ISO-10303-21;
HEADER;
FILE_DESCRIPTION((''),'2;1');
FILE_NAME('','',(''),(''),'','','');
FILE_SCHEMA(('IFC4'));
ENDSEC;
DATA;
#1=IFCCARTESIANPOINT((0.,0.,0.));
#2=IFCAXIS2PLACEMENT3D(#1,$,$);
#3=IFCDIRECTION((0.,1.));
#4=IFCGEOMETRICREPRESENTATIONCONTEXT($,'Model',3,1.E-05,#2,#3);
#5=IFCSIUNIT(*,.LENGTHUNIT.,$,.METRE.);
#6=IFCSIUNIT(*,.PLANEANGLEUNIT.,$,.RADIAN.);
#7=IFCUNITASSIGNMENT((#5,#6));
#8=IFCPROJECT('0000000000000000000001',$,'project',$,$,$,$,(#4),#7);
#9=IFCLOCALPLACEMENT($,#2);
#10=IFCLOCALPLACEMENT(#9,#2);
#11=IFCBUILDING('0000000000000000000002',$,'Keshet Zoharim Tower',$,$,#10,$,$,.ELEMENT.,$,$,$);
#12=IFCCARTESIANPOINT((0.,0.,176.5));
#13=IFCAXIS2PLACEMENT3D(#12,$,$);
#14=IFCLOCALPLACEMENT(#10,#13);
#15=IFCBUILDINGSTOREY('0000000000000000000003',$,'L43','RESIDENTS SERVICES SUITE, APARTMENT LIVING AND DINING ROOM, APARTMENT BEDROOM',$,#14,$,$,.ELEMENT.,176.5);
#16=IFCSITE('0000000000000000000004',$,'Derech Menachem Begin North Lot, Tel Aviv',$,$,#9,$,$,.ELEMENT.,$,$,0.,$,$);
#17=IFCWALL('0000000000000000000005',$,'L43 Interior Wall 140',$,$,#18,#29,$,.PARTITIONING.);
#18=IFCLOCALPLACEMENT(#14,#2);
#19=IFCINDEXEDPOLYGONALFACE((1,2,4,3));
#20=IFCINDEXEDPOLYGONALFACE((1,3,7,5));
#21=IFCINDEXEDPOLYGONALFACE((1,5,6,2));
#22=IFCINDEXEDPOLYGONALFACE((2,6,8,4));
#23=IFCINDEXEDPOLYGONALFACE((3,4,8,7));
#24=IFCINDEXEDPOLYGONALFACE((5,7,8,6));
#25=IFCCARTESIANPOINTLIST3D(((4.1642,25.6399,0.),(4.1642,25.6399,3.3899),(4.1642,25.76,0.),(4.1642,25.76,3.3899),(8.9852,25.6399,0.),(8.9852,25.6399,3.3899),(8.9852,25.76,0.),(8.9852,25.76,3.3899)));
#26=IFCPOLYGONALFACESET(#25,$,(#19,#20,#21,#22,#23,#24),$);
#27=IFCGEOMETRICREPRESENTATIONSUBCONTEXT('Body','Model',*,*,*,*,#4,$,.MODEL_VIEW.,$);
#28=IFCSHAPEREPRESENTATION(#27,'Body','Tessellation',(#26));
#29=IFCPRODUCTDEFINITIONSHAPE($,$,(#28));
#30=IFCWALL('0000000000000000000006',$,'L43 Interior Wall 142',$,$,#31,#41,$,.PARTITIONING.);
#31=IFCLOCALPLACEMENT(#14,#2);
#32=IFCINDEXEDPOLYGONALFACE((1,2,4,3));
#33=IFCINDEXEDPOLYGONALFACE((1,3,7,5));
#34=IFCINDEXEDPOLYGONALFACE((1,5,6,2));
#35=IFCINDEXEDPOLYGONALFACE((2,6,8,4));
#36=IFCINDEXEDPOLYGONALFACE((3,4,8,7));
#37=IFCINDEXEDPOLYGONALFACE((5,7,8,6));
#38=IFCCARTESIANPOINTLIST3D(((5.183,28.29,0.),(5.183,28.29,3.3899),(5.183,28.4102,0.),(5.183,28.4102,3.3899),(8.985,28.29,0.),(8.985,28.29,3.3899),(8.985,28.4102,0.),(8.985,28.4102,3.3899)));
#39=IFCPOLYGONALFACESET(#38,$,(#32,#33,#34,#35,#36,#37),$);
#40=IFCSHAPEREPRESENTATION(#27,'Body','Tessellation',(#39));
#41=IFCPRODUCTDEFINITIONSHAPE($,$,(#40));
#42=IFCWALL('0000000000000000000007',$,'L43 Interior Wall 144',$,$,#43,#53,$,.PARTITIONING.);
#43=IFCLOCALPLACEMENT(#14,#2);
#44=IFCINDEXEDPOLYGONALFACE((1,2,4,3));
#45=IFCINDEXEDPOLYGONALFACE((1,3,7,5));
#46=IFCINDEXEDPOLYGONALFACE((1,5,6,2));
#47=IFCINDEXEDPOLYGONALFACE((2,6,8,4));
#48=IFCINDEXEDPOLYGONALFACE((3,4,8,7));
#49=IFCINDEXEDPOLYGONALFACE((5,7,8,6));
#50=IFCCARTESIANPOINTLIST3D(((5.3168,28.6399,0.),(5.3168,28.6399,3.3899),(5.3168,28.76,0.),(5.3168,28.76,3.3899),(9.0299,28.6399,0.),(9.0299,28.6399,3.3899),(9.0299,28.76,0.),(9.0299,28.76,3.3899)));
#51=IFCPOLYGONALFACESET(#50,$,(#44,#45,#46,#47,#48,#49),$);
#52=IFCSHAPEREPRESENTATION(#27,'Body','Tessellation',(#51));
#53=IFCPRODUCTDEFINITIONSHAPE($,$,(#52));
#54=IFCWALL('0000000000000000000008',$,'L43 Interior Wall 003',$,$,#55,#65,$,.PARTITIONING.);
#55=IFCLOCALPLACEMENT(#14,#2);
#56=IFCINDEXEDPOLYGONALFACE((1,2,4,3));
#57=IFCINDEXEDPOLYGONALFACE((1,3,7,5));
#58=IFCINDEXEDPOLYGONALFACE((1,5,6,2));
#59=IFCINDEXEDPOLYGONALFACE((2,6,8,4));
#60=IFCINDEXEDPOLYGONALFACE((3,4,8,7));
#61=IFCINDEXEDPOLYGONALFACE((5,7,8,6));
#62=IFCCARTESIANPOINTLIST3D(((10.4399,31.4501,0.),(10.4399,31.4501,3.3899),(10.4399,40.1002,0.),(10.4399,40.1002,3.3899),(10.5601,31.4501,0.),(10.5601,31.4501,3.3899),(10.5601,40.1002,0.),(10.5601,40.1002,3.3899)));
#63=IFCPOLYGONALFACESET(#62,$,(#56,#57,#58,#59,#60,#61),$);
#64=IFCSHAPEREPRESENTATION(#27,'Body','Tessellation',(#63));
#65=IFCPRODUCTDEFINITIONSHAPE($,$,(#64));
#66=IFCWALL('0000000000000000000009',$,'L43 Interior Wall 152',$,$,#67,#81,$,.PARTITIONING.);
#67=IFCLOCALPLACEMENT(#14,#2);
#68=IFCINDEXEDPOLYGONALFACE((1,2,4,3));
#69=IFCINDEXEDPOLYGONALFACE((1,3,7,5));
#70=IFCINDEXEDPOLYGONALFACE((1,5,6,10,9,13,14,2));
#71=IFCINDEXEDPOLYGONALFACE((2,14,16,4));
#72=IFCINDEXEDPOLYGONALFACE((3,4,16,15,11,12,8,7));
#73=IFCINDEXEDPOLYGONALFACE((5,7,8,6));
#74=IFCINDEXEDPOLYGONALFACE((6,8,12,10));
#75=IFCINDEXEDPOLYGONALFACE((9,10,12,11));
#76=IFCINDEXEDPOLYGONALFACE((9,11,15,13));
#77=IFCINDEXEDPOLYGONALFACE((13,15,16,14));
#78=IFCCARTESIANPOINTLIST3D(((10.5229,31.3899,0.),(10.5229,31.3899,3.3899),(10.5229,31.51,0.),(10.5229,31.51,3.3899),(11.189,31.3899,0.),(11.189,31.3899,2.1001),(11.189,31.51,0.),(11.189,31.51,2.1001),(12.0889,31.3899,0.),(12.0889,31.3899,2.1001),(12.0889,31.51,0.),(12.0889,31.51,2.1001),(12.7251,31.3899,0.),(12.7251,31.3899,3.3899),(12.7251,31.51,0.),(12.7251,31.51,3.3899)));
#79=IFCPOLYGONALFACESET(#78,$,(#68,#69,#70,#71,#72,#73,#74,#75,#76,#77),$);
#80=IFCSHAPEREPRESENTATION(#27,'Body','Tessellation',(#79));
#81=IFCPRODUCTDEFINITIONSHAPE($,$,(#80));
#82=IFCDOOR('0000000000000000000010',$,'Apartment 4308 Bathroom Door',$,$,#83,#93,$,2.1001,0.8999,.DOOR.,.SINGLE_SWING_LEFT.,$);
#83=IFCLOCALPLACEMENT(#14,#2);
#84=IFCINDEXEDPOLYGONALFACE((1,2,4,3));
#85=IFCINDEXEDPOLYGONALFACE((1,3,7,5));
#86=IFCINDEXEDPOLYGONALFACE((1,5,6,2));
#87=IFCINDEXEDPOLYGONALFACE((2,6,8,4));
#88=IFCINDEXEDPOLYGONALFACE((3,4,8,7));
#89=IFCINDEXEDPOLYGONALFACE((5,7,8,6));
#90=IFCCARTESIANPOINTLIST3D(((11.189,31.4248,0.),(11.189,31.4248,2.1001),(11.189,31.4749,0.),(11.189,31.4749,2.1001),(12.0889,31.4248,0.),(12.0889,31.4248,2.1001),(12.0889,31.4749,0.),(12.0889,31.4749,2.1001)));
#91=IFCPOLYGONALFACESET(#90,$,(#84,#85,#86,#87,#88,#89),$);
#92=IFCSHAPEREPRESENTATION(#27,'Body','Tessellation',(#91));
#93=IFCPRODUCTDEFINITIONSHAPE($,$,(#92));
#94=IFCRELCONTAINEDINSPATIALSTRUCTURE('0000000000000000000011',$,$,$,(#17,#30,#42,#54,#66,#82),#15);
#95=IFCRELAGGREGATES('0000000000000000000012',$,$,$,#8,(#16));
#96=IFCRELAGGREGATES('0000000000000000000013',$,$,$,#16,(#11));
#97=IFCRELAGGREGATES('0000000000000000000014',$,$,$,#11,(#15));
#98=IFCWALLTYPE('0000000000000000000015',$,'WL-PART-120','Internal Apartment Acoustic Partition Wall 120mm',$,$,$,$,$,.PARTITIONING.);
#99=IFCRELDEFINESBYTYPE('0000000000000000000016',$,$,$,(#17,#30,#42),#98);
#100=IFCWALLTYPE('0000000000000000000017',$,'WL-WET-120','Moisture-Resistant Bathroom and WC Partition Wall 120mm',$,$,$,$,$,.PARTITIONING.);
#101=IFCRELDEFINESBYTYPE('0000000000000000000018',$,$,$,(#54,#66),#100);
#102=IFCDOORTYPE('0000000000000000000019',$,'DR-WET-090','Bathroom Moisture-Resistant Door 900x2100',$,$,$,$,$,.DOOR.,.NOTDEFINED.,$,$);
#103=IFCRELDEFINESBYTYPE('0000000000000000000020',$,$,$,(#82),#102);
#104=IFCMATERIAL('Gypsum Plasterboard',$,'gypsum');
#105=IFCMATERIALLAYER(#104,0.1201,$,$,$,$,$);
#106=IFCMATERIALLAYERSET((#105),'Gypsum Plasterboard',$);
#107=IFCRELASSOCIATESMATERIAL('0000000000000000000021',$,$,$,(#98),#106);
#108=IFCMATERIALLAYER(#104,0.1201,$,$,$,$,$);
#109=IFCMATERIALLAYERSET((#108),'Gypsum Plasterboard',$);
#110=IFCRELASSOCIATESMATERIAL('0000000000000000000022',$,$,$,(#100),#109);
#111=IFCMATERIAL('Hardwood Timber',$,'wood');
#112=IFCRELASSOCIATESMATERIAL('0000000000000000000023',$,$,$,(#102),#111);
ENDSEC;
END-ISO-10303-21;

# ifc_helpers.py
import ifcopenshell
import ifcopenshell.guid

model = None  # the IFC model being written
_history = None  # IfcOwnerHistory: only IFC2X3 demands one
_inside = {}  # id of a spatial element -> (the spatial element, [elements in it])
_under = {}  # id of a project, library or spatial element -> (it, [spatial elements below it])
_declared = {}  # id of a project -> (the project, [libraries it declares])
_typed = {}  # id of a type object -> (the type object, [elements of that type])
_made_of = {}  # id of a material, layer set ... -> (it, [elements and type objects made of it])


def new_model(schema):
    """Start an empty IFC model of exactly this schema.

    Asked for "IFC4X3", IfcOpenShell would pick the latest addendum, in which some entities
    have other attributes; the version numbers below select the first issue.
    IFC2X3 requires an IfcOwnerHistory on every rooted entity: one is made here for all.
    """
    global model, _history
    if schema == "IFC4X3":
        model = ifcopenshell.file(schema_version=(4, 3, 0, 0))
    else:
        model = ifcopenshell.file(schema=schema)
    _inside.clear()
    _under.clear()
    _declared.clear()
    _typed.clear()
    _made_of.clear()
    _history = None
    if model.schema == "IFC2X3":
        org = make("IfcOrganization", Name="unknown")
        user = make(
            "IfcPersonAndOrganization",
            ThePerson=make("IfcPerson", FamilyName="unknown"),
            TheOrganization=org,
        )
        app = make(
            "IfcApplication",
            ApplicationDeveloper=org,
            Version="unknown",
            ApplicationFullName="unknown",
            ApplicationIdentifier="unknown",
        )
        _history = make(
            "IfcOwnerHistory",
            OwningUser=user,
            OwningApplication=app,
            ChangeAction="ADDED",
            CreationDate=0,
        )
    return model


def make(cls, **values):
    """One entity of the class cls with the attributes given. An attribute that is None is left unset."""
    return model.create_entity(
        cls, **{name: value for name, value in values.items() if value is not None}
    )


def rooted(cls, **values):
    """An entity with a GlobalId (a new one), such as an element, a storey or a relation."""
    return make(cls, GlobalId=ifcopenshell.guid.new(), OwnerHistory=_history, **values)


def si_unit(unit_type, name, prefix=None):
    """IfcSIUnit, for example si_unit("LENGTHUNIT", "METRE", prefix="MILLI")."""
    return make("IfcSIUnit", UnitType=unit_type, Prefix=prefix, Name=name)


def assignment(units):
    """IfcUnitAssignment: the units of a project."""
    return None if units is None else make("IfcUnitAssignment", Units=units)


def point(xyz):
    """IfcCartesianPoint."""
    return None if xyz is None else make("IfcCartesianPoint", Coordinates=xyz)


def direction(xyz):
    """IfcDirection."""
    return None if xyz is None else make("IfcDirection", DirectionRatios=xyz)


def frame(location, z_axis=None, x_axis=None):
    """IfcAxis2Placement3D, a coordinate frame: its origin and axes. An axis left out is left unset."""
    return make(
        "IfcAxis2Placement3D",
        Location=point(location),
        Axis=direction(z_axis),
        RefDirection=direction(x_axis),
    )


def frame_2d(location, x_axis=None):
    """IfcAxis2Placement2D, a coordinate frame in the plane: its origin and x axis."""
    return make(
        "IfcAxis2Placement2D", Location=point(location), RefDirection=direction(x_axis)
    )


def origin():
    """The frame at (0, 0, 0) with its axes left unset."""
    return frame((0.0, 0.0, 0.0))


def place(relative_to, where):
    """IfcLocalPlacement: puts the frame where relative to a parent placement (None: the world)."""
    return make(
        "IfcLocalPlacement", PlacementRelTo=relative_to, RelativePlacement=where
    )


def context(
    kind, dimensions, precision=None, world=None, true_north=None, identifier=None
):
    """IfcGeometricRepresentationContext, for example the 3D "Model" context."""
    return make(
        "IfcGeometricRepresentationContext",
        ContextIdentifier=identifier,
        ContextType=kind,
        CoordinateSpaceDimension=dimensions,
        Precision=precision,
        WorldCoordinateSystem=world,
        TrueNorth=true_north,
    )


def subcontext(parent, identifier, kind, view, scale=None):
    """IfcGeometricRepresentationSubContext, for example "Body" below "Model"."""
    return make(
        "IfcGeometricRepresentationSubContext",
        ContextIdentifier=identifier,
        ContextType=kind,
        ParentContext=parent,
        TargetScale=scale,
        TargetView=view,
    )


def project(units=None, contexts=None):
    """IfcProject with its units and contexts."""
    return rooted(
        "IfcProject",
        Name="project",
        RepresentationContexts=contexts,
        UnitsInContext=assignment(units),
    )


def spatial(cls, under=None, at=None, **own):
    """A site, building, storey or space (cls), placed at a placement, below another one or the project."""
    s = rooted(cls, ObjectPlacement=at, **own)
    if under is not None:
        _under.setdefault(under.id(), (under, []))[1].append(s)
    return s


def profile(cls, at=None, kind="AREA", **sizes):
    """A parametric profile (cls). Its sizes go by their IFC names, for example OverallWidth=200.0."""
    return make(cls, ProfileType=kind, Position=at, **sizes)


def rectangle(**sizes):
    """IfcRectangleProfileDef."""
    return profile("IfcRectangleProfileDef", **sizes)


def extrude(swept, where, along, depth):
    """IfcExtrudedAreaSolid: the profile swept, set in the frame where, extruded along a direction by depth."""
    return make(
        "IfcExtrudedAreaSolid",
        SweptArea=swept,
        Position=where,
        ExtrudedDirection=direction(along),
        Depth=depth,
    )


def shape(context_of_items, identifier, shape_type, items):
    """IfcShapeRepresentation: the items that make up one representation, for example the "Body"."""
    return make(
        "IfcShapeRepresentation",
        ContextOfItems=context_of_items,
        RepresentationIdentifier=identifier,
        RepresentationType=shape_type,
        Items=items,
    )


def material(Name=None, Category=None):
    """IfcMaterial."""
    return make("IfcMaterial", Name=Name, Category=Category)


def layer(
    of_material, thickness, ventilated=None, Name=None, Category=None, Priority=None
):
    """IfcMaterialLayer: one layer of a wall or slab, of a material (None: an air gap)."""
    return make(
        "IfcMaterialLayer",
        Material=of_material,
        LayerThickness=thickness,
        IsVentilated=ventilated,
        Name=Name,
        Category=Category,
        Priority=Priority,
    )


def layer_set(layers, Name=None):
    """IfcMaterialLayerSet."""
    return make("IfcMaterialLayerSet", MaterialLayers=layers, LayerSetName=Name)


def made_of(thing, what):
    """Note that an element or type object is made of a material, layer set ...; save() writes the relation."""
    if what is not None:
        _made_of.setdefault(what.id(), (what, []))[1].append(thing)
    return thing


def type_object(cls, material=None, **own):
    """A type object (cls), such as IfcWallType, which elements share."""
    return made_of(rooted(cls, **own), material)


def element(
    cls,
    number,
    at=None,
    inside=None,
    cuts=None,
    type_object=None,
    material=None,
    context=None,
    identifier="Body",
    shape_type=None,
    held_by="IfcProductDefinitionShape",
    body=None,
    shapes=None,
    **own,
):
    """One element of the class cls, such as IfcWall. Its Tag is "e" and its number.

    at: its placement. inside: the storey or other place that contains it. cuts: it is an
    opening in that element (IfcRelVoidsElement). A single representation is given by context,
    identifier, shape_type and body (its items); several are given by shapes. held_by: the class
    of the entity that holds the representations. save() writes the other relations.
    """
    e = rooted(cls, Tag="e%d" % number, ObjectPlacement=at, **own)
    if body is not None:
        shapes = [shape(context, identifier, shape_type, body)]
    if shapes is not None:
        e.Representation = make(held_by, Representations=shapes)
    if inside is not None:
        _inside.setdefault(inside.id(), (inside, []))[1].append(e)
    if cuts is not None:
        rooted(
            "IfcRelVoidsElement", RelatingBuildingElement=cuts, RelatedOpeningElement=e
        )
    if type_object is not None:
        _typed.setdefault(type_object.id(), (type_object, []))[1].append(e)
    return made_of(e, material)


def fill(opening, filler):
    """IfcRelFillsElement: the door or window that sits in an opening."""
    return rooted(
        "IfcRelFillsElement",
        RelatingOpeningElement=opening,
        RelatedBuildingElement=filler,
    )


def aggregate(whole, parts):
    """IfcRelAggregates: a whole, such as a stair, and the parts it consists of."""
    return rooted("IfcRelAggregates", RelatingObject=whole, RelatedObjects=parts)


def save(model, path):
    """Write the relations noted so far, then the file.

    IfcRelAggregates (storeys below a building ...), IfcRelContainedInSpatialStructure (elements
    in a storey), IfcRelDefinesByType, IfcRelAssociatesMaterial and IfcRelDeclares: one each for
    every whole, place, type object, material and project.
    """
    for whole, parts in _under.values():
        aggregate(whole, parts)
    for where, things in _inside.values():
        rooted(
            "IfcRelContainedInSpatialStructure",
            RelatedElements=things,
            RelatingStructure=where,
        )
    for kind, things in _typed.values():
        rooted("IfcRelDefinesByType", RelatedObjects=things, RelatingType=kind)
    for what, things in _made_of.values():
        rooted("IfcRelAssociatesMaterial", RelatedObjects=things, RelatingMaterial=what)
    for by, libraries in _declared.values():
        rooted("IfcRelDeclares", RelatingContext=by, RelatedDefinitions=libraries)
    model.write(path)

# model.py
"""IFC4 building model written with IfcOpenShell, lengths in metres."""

from ifc_helpers import new_model, si_unit, direction, frame, frame_2d, origin, place, context, subcontext, project, spatial, rectangle, extrude, material, layer, layer_set, type_object, element, fill, save


model = new_model("IFC4")

# Units and contexts
model_context = context("Model", 3, precision=1e-05, world=origin(), true_north=direction((0.0, 1.0)))
body_context = subcontext(model_context, "Body", "Model", "MODEL_VIEW")
ifc_project = project(units=[si_unit("LENGTHUNIT", "METRE"), si_unit("PLANEANGLEUNIT", "RADIAN")], contexts=[model_context])

# Site, building, storey
site_placement = place(None, origin())
site = spatial("IfcSite", under=ifc_project, at=site_placement, Name="Derech Menachem Begin North Lot, Tel Aviv", CompositionType="ELEMENT", RefElevation=0.0)
building_placement = place(site_placement, origin())
building = spatial("IfcBuilding", under=site, at=building_placement, Name="Keshet Zoharim Tower", CompositionType="ELEMENT")
storey_placement = place(building_placement, frame((0.0, 0.0, 176.5)))
storey = spatial("IfcBuildingStorey", under=building, at=storey_placement, Name="L43", Description="RESIDENTS SERVICES SUITE, APARTMENT LIVING AND DINING ROOM, APARTMENT BEDROOM", CompositionType="ELEMENT", Elevation=176.5)

# Shared definitions
ifc_material_1 = material(Name="Hardwood Timber", Category="wood")

# Shared definitions
ifc_material_2 = material(Name="Gypsum Plasterboard", Category="gypsum")

# Shared definitions
ifc_layer_1 = layer(ifc_material_2, 0.1201)
ifc_layer_set_1 = layer_set([ifc_layer_1], Name="Gypsum Plasterboard")
wall_type_1 = type_object("IfcWallType", Name="WL-PART-120", Description="Internal Apartment Acoustic Partition Wall 120mm", PredefinedType="PARTITIONING", material=ifc_layer_set_1)

# Walls
wall_1_placement = place(storey_placement, frame((4.1641, 25.7, 0.0), z_axis=(0.0, 0.0, 1.0), x_axis=(1.0, 0.0, 0.0)))
element("IfcWall", 1, at=wall_1_placement, inside=storey, type_object=wall_type_1, Name="L43 Interior Wall 140", PredefinedType="PARTITIONING", context=body_context, shape_type="SweptSolid", body=[
    extrude(rectangle(XDim=4.821, YDim=0.1201, at=frame_2d((2.4106, 0.0))), origin(), (0.0, 0.0, 1.0), 3.3899),
])
wall_2_placement = place(storey_placement, frame((5.1831, 28.3501, 0.0), z_axis=(0.0, 0.0, 1.0), x_axis=(1.0, 0.0, 0.0)))
element("IfcWall", 2, at=wall_2_placement, inside=storey, type_object=wall_type_1, Name="L43 Interior Wall 142", PredefinedType="PARTITIONING", context=body_context, shape_type="SweptSolid", body=[
    extrude(rectangle(XDim=3.802, YDim=0.1201, at=frame_2d((1.9009, 0.0))), origin(), (0.0, 0.0, 1.0), 3.3899),
])
wall_3_placement = place(storey_placement, frame((5.3169, 28.7, 0.0), z_axis=(0.0, 0.0, 1.0), x_axis=(1.0, 0.0, 0.0)))
element("IfcWall", 3, at=wall_3_placement, inside=storey, type_object=wall_type_1, Name="L43 Interior Wall 144", PredefinedType="PARTITIONING", context=body_context, shape_type="SweptSolid", body=[
    extrude(rectangle(XDim=3.7131, YDim=0.1201, at=frame_2d((1.8564, 0.0))), origin(), (0.0, 0.0, 1.0), 3.3899),
])

# Wall
ifc_layer_2 = layer(ifc_material_2, 0.1201)
ifc_layer_set_2 = layer_set([ifc_layer_2], Name="Gypsum Plasterboard")
wall_type_2 = type_object("IfcWallType", Name="WL-WET-120", Description="Moisture-Resistant Bathroom and WC Partition Wall 120mm", PredefinedType="PARTITIONING", material=ifc_layer_set_2)
wall_4_placement = place(storey_placement, frame((10.5, 31.45, 0.0), z_axis=(0.0, 0.0, 1.0), x_axis=(0.0, 1.0, 0.0)))
element("IfcWall", 4, at=wall_4_placement, inside=storey, type_object=wall_type_2, Name="L43 Interior Wall 003", PredefinedType="PARTITIONING", context=body_context, shape_type="SweptSolid", body=[
    extrude(rectangle(XDim=8.6501, YDim=0.1201, at=frame_2d((4.3252, 0.0))), origin(), (0.0, 0.0, 1.0), 3.3899),
])

# Wall, opening, door
wall_5_placement = place(storey_placement, frame((10.5229, 31.45, 0.0), z_axis=(0.0, 0.0, 1.0), x_axis=(1.0, 0.0, 0.0)))
wall_5 = element("IfcWall", 5, at=wall_5_placement, inside=storey, type_object=wall_type_2, Name="L43 Interior Wall 152", PredefinedType="PARTITIONING", context=body_context, shape_type="SweptSolid", body=[
    extrude(rectangle(XDim=2.2021, YDim=0.1201, at=frame_2d((1.1011, 0.0))), origin(), (0.0, 0.0, 1.0), 3.3899),
])
opening_1_placement = place(wall_5_placement, frame((0.666, 0.0, 0.0)))
opening_1 = element("IfcOpeningElement", 6, at=opening_1_placement, cuts=wall_5, PredefinedType="OPENING", context=body_context, shape_type="SweptSolid", body=[
    extrude(rectangle(XDim=0.8999, YDim=2.1001, at=frame_2d((0.45, 1.05))), frame((0.0, 0.0701, 0.0), z_axis=(0.0, -1.0, 0.0), x_axis=(1.0, 0.0, 0.0)), (0.0, 0.0, 1.0), 0.1401),
])
door_type_1 = type_object("IfcDoorType", Name="DR-WET-090", Description="Bathroom Moisture-Resistant Door 900x2100", OperationType="NOTDEFINED", PredefinedType="DOOR", material=ifc_material_1)
door_1_placement = place(opening_1_placement, origin())
door_1 = element("IfcDoor", 7, at=door_1_placement, inside=storey, type_object=door_type_1, Name="Apartment 4308 Bathroom Door", OperationType="SINGLE_SWING_LEFT", OverallHeight=2.1001, OverallWidth=0.8999, PredefinedType="DOOR", context=body_context, shape_type="SweptSolid", body=[
    extrude(rectangle(XDim=0.8999, YDim=2.1001, at=frame_2d((0.45, 1.05))), frame((0.0, 0.0249, 0.0), z_axis=(0.0, -1.0, 0.0), x_axis=(1.0, 0.0, 0.0)), (0.0, 0.0, 1.0), 0.05),
])
fill(opening_1, door_1)

save(model, "model.ifc")
